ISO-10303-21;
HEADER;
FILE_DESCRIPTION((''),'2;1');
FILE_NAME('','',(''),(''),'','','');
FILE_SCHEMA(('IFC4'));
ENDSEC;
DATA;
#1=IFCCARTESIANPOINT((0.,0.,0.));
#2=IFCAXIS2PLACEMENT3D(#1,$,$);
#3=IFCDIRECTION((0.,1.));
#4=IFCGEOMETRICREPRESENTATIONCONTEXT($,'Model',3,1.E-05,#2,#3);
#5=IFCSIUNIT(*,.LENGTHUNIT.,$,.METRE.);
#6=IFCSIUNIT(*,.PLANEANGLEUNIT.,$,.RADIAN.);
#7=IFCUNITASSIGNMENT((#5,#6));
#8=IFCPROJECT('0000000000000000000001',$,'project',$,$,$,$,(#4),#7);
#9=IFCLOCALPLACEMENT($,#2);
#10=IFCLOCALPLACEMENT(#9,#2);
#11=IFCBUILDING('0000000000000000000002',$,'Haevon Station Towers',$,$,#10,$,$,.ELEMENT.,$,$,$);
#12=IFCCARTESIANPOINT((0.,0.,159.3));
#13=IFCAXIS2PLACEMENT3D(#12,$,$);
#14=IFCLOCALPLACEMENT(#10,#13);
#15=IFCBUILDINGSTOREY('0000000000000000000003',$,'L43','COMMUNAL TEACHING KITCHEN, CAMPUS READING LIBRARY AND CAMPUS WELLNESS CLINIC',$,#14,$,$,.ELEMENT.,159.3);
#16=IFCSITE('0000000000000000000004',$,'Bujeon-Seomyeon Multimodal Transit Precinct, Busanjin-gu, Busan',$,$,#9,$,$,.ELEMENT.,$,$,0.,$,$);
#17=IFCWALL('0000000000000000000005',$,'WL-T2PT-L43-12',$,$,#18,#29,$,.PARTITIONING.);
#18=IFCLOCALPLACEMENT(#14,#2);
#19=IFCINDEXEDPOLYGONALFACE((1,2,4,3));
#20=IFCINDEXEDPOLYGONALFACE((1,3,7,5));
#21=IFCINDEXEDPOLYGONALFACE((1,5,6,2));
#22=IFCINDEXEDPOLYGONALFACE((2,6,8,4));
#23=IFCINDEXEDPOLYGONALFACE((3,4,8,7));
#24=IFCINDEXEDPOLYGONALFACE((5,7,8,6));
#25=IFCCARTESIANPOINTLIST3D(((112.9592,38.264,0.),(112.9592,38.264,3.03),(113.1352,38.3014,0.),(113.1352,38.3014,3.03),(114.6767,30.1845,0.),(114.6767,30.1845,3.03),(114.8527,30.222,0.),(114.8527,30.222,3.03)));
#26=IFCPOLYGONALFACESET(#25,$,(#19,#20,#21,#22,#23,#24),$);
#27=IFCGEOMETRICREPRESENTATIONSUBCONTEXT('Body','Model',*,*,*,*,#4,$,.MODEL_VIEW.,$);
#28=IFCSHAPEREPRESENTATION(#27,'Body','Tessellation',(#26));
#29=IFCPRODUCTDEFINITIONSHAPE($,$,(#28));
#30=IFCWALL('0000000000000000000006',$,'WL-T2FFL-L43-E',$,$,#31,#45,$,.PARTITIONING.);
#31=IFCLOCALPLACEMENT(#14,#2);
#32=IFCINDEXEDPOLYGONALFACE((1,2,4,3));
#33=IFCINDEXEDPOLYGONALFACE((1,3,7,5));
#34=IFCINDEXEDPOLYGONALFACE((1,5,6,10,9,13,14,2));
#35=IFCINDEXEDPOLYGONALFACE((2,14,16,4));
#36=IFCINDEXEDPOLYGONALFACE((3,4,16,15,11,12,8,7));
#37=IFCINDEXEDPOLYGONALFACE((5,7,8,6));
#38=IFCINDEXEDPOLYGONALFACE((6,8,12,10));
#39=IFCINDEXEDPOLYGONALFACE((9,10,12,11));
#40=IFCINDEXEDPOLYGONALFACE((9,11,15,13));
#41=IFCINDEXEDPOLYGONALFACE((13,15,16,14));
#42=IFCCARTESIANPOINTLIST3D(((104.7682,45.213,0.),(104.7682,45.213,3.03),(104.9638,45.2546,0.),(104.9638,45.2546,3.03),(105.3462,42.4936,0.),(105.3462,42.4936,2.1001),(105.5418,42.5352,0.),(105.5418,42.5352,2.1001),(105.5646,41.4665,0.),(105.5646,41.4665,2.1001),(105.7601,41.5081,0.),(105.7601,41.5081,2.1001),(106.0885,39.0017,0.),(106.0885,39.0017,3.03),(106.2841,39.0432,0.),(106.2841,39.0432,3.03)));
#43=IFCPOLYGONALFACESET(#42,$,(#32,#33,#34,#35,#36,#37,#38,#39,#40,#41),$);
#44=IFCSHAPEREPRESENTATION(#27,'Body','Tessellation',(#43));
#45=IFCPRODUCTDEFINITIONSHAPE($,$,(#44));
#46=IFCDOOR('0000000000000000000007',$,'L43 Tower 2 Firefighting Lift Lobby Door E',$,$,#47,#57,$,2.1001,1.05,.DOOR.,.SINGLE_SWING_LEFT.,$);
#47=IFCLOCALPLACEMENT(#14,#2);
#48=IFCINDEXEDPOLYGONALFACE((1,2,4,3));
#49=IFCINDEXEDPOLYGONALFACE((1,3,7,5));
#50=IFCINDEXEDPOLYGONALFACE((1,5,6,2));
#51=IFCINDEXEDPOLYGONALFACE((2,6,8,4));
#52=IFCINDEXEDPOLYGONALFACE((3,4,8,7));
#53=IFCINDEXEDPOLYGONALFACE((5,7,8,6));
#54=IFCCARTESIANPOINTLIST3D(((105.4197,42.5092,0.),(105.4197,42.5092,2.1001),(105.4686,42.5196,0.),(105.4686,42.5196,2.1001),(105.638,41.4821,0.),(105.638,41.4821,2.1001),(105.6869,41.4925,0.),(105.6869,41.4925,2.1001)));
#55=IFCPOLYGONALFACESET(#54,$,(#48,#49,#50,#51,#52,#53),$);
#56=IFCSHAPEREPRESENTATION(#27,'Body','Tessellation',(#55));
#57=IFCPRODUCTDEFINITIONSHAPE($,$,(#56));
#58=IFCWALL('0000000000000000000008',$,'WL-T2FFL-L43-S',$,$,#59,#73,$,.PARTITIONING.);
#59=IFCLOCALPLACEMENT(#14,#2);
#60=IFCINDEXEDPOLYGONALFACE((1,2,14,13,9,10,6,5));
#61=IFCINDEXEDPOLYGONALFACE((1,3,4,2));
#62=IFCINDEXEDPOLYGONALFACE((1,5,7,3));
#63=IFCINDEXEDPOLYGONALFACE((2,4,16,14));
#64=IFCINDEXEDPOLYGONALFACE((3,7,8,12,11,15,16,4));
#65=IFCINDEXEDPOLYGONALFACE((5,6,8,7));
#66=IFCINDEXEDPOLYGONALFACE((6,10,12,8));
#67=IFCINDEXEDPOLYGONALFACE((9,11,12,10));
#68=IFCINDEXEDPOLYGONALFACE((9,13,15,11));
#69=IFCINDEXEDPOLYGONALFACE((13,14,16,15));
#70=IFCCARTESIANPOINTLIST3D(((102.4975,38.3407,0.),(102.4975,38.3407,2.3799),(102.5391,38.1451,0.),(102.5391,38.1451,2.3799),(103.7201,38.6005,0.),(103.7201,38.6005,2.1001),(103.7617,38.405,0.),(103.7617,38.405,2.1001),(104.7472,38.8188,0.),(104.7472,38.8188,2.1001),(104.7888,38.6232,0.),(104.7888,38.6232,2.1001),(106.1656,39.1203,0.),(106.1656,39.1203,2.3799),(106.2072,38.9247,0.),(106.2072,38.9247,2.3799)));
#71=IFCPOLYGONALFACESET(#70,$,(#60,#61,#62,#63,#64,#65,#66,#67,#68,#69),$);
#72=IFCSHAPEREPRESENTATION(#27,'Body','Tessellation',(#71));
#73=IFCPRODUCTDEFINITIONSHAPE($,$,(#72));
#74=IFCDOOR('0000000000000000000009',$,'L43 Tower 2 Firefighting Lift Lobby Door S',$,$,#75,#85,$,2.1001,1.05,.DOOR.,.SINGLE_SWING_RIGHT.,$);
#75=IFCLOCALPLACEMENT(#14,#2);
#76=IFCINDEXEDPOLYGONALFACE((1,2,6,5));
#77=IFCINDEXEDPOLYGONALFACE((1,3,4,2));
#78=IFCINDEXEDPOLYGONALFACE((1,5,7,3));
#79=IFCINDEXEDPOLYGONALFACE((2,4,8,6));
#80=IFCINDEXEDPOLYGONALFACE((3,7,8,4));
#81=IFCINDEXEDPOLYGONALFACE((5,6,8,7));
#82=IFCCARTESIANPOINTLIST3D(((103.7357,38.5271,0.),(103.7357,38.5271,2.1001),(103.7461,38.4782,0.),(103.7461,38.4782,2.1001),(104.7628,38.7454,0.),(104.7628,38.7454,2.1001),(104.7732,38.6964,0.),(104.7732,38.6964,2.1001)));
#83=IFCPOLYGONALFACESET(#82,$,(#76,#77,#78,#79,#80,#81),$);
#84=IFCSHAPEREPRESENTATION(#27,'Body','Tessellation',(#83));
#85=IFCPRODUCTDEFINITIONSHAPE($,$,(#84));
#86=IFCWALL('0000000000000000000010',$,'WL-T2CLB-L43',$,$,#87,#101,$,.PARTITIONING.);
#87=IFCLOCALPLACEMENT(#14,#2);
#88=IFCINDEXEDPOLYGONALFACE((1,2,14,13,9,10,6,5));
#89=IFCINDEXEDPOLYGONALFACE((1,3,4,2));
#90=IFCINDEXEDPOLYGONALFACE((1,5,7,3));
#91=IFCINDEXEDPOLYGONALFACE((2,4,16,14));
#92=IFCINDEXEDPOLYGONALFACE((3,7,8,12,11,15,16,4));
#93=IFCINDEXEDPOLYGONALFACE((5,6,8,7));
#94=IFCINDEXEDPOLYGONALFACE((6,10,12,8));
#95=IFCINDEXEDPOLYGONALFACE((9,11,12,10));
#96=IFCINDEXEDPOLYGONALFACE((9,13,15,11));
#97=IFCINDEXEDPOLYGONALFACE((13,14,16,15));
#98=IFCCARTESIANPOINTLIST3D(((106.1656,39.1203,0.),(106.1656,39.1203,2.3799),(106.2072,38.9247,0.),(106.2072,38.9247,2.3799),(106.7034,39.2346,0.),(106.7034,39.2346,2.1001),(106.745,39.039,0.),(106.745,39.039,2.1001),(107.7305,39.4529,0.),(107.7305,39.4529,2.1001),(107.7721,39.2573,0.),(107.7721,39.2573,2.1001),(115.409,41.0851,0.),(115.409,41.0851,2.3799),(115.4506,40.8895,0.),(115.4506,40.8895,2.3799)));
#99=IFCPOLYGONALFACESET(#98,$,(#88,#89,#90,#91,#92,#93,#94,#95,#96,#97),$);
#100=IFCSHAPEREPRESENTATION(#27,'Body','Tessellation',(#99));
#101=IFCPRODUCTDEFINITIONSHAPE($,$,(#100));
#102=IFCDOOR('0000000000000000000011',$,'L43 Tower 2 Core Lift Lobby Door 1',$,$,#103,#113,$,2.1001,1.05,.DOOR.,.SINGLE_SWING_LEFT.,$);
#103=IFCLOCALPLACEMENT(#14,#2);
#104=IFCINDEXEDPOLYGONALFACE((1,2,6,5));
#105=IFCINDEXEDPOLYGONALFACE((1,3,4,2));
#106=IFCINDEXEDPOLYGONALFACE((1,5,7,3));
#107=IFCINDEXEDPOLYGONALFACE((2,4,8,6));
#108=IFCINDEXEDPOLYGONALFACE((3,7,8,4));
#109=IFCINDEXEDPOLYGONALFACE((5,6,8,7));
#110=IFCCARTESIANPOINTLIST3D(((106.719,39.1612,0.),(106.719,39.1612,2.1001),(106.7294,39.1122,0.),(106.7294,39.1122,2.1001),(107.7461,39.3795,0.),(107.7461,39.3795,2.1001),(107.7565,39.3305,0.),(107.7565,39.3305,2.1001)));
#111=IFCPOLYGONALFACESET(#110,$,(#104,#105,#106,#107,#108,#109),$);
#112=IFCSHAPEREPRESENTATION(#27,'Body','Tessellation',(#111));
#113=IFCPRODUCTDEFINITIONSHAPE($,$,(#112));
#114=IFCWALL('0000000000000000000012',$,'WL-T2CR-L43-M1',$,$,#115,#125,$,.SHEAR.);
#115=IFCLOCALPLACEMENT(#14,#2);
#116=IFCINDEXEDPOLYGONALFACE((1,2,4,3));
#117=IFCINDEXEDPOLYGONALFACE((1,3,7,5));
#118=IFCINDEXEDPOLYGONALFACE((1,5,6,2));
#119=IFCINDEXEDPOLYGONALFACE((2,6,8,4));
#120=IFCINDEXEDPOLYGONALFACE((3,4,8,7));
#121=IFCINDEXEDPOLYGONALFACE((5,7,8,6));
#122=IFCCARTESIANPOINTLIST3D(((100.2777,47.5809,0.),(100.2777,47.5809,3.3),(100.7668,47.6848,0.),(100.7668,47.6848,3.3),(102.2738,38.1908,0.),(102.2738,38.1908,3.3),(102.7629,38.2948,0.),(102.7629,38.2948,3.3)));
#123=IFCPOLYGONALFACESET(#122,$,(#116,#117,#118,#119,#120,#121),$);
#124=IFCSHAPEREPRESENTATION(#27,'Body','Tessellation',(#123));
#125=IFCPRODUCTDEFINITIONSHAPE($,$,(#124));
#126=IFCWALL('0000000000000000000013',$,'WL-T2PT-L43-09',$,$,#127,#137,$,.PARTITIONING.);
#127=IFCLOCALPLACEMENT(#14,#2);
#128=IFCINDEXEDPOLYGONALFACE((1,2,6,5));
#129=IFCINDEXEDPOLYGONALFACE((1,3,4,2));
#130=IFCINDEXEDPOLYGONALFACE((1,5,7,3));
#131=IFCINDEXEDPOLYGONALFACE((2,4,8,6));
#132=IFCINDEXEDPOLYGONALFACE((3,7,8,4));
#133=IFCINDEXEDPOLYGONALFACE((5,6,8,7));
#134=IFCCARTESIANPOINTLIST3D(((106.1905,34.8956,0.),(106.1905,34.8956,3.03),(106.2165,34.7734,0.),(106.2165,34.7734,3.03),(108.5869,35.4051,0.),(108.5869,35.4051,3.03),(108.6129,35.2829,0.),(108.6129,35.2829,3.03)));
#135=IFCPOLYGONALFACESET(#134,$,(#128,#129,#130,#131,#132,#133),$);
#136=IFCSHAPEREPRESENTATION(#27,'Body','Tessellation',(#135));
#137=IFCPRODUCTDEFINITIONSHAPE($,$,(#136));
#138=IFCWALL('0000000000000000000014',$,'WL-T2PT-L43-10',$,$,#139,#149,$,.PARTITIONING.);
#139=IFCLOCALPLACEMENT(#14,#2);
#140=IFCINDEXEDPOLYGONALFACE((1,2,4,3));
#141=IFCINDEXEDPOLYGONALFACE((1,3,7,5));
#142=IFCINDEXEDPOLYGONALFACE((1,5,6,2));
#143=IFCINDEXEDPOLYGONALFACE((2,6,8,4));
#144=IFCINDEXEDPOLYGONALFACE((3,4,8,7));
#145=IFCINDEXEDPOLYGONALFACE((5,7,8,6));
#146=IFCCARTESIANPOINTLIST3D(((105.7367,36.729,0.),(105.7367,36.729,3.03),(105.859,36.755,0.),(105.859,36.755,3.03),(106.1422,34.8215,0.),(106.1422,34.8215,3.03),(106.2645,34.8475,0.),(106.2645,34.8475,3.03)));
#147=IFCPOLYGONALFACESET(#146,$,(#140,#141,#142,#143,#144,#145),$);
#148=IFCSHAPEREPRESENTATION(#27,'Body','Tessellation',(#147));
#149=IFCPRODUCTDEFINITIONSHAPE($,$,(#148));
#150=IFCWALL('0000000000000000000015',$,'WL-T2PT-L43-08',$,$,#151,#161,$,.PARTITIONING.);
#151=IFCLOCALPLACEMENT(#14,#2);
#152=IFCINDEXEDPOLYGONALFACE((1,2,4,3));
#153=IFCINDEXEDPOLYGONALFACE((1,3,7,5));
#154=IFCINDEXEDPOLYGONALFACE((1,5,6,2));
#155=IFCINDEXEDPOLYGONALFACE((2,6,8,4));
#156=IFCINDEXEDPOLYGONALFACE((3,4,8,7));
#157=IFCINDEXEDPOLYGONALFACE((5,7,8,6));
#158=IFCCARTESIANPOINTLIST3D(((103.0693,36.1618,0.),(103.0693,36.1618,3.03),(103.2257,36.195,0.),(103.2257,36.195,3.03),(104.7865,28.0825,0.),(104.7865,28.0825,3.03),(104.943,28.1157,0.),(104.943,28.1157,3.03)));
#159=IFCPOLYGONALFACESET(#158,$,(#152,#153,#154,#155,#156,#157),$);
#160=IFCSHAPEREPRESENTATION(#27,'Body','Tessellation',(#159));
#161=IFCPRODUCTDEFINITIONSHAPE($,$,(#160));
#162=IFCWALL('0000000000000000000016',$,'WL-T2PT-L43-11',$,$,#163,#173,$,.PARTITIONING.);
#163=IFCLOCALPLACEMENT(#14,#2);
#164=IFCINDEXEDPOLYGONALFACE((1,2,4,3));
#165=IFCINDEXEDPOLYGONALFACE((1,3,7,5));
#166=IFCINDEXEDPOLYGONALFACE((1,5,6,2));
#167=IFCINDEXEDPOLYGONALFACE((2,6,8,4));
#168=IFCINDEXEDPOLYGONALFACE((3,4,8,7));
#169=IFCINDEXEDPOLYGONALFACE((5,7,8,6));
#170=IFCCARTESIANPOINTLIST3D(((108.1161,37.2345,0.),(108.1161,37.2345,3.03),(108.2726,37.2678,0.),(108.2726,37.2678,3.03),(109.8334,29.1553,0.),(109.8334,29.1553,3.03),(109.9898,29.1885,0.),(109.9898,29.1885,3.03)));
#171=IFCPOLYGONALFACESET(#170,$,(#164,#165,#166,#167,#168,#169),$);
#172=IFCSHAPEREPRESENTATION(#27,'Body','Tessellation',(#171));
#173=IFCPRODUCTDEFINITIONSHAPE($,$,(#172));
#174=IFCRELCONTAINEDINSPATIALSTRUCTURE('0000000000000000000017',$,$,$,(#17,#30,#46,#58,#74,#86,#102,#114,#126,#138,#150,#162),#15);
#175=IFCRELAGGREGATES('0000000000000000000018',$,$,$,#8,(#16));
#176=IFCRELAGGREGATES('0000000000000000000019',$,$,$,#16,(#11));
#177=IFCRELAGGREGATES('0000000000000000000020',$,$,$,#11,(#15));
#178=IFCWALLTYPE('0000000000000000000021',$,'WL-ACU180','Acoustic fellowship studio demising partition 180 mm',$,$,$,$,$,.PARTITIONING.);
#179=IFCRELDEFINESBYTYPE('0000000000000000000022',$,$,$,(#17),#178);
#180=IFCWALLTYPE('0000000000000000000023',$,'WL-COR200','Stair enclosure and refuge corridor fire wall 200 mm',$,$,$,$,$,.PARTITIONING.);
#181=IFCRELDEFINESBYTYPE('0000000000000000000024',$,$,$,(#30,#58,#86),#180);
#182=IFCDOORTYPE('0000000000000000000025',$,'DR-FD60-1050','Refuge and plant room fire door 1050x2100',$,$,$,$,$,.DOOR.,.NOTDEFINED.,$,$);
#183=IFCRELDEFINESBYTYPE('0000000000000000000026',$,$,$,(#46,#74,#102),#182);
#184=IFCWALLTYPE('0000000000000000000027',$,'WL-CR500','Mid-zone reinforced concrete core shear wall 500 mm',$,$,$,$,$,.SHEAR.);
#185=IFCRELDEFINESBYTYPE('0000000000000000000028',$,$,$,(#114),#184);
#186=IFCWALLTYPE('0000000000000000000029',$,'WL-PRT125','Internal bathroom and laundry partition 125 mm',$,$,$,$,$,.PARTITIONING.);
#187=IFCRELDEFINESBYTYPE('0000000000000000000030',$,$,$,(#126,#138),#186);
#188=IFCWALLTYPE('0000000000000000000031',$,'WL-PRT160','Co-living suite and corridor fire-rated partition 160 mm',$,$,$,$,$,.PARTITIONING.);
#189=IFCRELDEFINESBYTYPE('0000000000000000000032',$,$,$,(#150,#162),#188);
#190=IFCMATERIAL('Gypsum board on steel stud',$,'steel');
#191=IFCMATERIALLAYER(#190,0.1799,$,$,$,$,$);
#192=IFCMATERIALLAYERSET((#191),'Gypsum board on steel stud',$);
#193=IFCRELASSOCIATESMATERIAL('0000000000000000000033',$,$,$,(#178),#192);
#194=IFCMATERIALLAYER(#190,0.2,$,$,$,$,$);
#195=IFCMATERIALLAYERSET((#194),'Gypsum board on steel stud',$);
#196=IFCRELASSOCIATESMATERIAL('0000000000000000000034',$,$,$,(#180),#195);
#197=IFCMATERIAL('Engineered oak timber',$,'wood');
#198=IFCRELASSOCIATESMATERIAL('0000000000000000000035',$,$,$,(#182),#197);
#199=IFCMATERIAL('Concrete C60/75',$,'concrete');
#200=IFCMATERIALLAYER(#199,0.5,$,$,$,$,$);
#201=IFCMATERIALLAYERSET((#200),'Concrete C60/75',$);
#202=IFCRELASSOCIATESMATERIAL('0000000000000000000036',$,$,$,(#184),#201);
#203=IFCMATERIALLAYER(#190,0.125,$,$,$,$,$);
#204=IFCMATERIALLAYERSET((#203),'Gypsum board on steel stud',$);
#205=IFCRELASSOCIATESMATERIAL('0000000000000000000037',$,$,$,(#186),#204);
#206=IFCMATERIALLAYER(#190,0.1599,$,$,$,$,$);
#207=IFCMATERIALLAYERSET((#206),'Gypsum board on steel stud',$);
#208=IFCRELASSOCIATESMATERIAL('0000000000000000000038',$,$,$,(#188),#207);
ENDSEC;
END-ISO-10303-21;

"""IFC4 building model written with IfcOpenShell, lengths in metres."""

from ifc_helpers import new_model, si_unit, direction, frame, frame_2d, origin, place, context, subcontext, project, spatial, rectangle, extrude, material, layer, layer_set, type_object, element, fill, save


model = new_model("IFC4")

# Units and contexts
model_context = context("Model", 3, precision=1e-05, world=origin(), true_north=direction((0.0, 1.0)))
body_context = subcontext(model_context, "Body", "Model", "MODEL_VIEW")
ifc_project = project(units=[si_unit("LENGTHUNIT", "METRE"), si_unit("PLANEANGLEUNIT", "RADIAN")], contexts=[model_context])

# Site, building, storey
site_placement = place(None, origin())
site = spatial("IfcSite", under=ifc_project, at=site_placement, Name="Bujeon-Seomyeon Multimodal Transit Precinct, Busanjin-gu, Busan", CompositionType="ELEMENT", RefElevation=0.0)
building_placement = place(site_placement, origin())
building = spatial("IfcBuilding", under=site, at=building_placement, Name="Haevon Station Towers", CompositionType="ELEMENT")
storey_placement = place(building_placement, frame((0.0, 0.0, 159.3)))
storey = spatial("IfcBuildingStorey", under=building, at=storey_placement, Name="L43", Description="COMMUNAL TEACHING KITCHEN, CAMPUS READING LIBRARY AND CAMPUS WELLNESS CLINIC", CompositionType="ELEMENT", Elevation=159.3)

# Wall
ifc_material_1 = material(Name="Gypsum board on steel stud", Category="steel")
ifc_layer_1 = layer(ifc_material_1, 0.1799)
ifc_layer_set_1 = layer_set([ifc_layer_1], Name="Gypsum board on steel stud")
wall_type_1 = type_object("IfcWallType", Name="WL-ACU180", Description="Acoustic fellowship studio demising partition 180 mm", PredefinedType="PARTITIONING", material=ifc_layer_set_1)
wall_1_placement = place(storey_placement, frame((114.7646, 30.2034, 0.0), z_axis=(0.0, 0.0, 1.0), x_axis=(-0.20793, 0.978144, 0.0)))
element("IfcWall", 1, at=wall_1_placement, inside=storey, type_object=wall_type_1, Name="WL-T2PT-L43-12", PredefinedType="PARTITIONING", context=body_context, shape_type="SweptSolid", body=[
    extrude(rectangle(XDim=8.26, YDim=0.1799, at=frame_2d((4.1299, 0.0))), origin(), (0.0, 0.0, 1.0), 3.03),
])

# Walls, openings, doors
ifc_layer_2 = layer(ifc_material_1, 0.2)
ifc_layer_set_2 = layer_set([ifc_layer_2], Name="Gypsum board on steel stud")
wall_type_2 = type_object("IfcWallType", Name="WL-COR200", Description="Stair enclosure and refuge corridor fire wall 200 mm", PredefinedType="PARTITIONING", material=ifc_layer_set_2)
wall_2_placement = place(storey_placement, frame((106.1863, 39.0225, 0.0), z_axis=(0.0, 0.0, 1.0), x_axis=(-0.207917, 0.978147, 0.0)))
wall_2 = element("IfcWall", 2, at=wall_2_placement, inside=storey, type_object=wall_type_2, Name="WL-T2FFL-L43-E", PredefinedType="PARTITIONING", context=body_context, shape_type="SweptSolid", body=[
    extrude(rectangle(XDim=6.3501, YDim=0.2, at=frame_2d((3.175, 0.0))), origin(), (0.0, 0.0, 1.0), 3.03),
])
opening_1_placement = place(wall_2_placement, frame((2.52, 0.0, 0.0)))
opening_1 = element("IfcOpeningElement", 3, at=opening_1_placement, cuts=wall_2, PredefinedType="OPENING", context=body_context, shape_type="SweptSolid", body=[
    extrude(rectangle(XDim=1.05, YDim=2.1001, at=frame_2d((0.5249, 1.05))), frame((0.0, 0.1099, 0.0), z_axis=(0.0, -1.0, 0.0), x_axis=(1.0, 0.0, 0.0)), (0.0, 0.0, 1.0), 0.22),
])
ifc_material_2 = material(Name="Engineered oak timber", Category="wood")
door_type = type_object("IfcDoorType", Name="DR-FD60-1050", Description="Refuge and plant room fire door 1050x2100", OperationType="NOTDEFINED", PredefinedType="DOOR", material=ifc_material_2)
door_1_placement = place(opening_1_placement, origin())
door_1 = element("IfcDoor", 4, at=door_1_placement, inside=storey, type_object=door_type, Name="L43 Tower 2 Firefighting Lift Lobby Door E", OperationType="SINGLE_SWING_LEFT", OverallHeight=2.1001, OverallWidth=1.05, PredefinedType="DOOR", context=body_context, shape_type="SweptSolid", body=[
    extrude(rectangle(XDim=1.05, YDim=2.1001, at=frame_2d((0.5249, 1.05))), frame((0.0, 0.0249, 0.0), z_axis=(0.0, -1.0, 0.0), x_axis=(1.0, 0.0, 0.0)), (0.0, 0.0, 1.0), 0.05),
])
fill(opening_1, door_1)
wall_3_placement = place(storey_placement, frame((102.5183, 38.2429, 0.0), z_axis=(0.0, 0.0, 1.0), x_axis=(0.978154, 0.207884, 0.0)))
wall_3 = element("IfcWall", 5, at=wall_3_placement, inside=storey, type_object=wall_type_2, Name="WL-T2FFL-L43-S", PredefinedType="PARTITIONING", context=body_context, shape_type="SweptSolid", body=[
    extrude(rectangle(XDim=3.75, YDim=0.2, at=frame_2d((1.875, 0.0))), origin(), (0.0, 0.0, 1.0), 2.3799),
])
opening_2_placement = place(wall_3_placement, frame((1.25, 0.0, 0.0)))
opening_2 = element("IfcOpeningElement", 6, at=opening_2_placement, cuts=wall_3, PredefinedType="OPENING", context=body_context, shape_type="SweptSolid", body=[
    extrude(rectangle(XDim=1.05, YDim=2.1001, at=frame_2d((0.5249, 1.05))), frame((0.0, 0.1099, 0.0), z_axis=(0.0, -1.0, 0.0), x_axis=(1.0, 0.0, 0.0)), (0.0, 0.0, 1.0), 0.22),
])
door_2_placement = place(opening_2_placement, origin())
door_2 = element("IfcDoor", 7, at=door_2_placement, inside=storey, type_object=door_type, Name="L43 Tower 2 Firefighting Lift Lobby Door S", OperationType="SINGLE_SWING_RIGHT", OverallHeight=2.1001, OverallWidth=1.05, PredefinedType="DOOR", context=body_context, shape_type="SweptSolid", body=[
    extrude(rectangle(XDim=1.05, YDim=2.1001, at=frame_2d((0.5249, 1.05))), frame((0.0, 0.0249, 0.0), z_axis=(0.0, -1.0, 0.0), x_axis=(1.0, 0.0, 0.0)), (0.0, 0.0, 1.0), 0.05),
])
fill(opening_2, door_2)
wall_4_placement = place(storey_placement, frame((106.1863, 39.0225, 0.0), z_axis=(0.0, 0.0, 1.0), x_axis=(0.978146, 0.207921, 0.0)))
wall_4 = element("IfcWall", 8, at=wall_4_placement, inside=storey, type_object=wall_type_2, Name="WL-T2CLB-L43", PredefinedType="PARTITIONING", context=body_context, shape_type="SweptSolid", body=[
    extrude(rectangle(XDim=9.45, YDim=0.2, at=frame_2d((4.7251, 0.0))), origin(), (0.0, 0.0, 1.0), 2.3799),
])
opening_3_placement = place(wall_4_placement, frame((0.55, 0.0, 0.0)))
opening_3 = element("IfcOpeningElement", 9, at=opening_3_placement, cuts=wall_4, PredefinedType="OPENING", context=body_context, shape_type="SweptSolid", body=[
    extrude(rectangle(XDim=1.05, YDim=2.1001, at=frame_2d((0.5249, 1.05))), frame((0.0, 0.1099, 0.0), z_axis=(0.0, -1.0, 0.0), x_axis=(1.0, 0.0, 0.0)), (0.0, 0.0, 1.0), 0.22),
])
door_3_placement = place(opening_3_placement, origin())
door_3 = element("IfcDoor", 10, at=door_3_placement, inside=storey, type_object=door_type, Name="L43 Tower 2 Core Lift Lobby Door 1", OperationType="SINGLE_SWING_LEFT", OverallHeight=2.1001, OverallWidth=1.05, PredefinedType="DOOR", context=body_context, shape_type="SweptSolid", body=[
    extrude(rectangle(XDim=1.05, YDim=2.1001, at=frame_2d((0.5249, 1.05))), frame((0.0, 0.0249, 0.0), z_axis=(0.0, -1.0, 0.0), x_axis=(1.0, 0.0, 0.0)), (0.0, 0.0, 1.0), 0.05),
])
fill(opening_3, door_3)

# Walls
ifc_material_3 = material(Name="Concrete C60/75", Category="concrete")
ifc_layer_3 = layer(ifc_material_3, 0.5)
ifc_layer_set_3 = layer_set([ifc_layer_3], Name="Concrete C60/75")
wall_type_3 = type_object("IfcWallType", Name="WL-CR500", Description="Mid-zone reinforced concrete core shear wall 500 mm", PredefinedType="SHEAR", material=ifc_layer_set_3)
wall_5_placement = place(storey_placement, frame((102.5183, 38.2429, 0.0), z_axis=(0.0, 0.0, 1.0), x_axis=(-0.207927, 0.978144, 0.0)))
element("IfcWall", 11, at=wall_5_placement, inside=storey, type_object=wall_type_3, Name="WL-T2CR-L43-M1", PredefinedType="SHEAR", context=body_context, shape_type="SweptSolid", body=[
    extrude(rectangle(XDim=9.5999, YDim=0.5, at=frame_2d((4.7998, 0.0))), origin(), (0.0, 0.0, 1.0), 3.3),
])
ifc_layer_4 = layer(ifc_material_1, 0.125)
ifc_layer_set_4 = layer_set([ifc_layer_4], Name="Gypsum board on steel stud")
wall_type_4 = type_object("IfcWallType", Name="WL-PRT125", Description="Internal bathroom and laundry partition 125 mm", PredefinedType="PARTITIONING", material=ifc_layer_set_4)
wall_6_placement = place(storey_placement, frame((106.2034, 34.8345, 0.0), z_axis=(0.0, 0.0, 1.0), x_axis=(0.978137, 0.207964, 0.0)))
element("IfcWall", 12, at=wall_6_placement, inside=storey, type_object=wall_type_4, Name="WL-T2PT-L43-09", PredefinedType="PARTITIONING", context=body_context, shape_type="SweptSolid", body=[
    extrude(rectangle(XDim=2.45, YDim=0.125, at=frame_2d((1.2251, 0.0))), origin(), (0.0, 0.0, 1.0), 3.03),
])
wall_7_placement = place(storey_placement, frame((106.2034, 34.8345, 0.0), z_axis=(0.0, 0.0, 1.0), x_axis=(-0.207947, 0.97814, 0.0)))
element("IfcWall", 13, at=wall_7_placement, inside=storey, type_object=wall_type_4, Name="WL-T2PT-L43-10", PredefinedType="PARTITIONING", context=body_context, shape_type="SweptSolid", body=[
    extrude(rectangle(XDim=1.9502, YDim=0.125, at=frame_2d((0.9751, 0.0))), origin(), (0.0, 0.0, 1.0), 3.03),
])
ifc_layer_5 = layer(ifc_material_1, 0.1599)
ifc_layer_set_5 = layer_set([ifc_layer_5], Name="Gypsum board on steel stud")
wall_type_5 = type_object("IfcWallType", Name="WL-PRT160", Description="Co-living suite and corridor fire-rated partition 160 mm", PredefinedType="PARTITIONING", material=ifc_layer_set_5)
for number, where, z_axis, x_axis, name in (
    (14, (104.8647, 28.0991, 0.0), (0.0, 0.0, 1.0), (-0.207908, 0.978148, 0.0), "WL-T2PT-L43-08"),
    (15, (109.9116, 29.1719, 0.0), (0.0, 0.0, 1.0), (-0.207908, 0.978148, 0.0), "WL-T2PT-L43-11"),
):
    element("IfcWall", number, at=place(storey_placement, frame(where, z_axis=z_axis, x_axis=x_axis)), inside=storey, type_object=wall_type_5, Name=name, PredefinedType="PARTITIONING", context=body_context, shape_type="SweptSolid", body=[
        extrude(rectangle(XDim=8.2598, YDim=0.1599, at=frame_2d((4.1299, 0.0))), origin(), (0.0, 0.0, 1.0), 3.03),
    ])

save(model, "model.ifc")
